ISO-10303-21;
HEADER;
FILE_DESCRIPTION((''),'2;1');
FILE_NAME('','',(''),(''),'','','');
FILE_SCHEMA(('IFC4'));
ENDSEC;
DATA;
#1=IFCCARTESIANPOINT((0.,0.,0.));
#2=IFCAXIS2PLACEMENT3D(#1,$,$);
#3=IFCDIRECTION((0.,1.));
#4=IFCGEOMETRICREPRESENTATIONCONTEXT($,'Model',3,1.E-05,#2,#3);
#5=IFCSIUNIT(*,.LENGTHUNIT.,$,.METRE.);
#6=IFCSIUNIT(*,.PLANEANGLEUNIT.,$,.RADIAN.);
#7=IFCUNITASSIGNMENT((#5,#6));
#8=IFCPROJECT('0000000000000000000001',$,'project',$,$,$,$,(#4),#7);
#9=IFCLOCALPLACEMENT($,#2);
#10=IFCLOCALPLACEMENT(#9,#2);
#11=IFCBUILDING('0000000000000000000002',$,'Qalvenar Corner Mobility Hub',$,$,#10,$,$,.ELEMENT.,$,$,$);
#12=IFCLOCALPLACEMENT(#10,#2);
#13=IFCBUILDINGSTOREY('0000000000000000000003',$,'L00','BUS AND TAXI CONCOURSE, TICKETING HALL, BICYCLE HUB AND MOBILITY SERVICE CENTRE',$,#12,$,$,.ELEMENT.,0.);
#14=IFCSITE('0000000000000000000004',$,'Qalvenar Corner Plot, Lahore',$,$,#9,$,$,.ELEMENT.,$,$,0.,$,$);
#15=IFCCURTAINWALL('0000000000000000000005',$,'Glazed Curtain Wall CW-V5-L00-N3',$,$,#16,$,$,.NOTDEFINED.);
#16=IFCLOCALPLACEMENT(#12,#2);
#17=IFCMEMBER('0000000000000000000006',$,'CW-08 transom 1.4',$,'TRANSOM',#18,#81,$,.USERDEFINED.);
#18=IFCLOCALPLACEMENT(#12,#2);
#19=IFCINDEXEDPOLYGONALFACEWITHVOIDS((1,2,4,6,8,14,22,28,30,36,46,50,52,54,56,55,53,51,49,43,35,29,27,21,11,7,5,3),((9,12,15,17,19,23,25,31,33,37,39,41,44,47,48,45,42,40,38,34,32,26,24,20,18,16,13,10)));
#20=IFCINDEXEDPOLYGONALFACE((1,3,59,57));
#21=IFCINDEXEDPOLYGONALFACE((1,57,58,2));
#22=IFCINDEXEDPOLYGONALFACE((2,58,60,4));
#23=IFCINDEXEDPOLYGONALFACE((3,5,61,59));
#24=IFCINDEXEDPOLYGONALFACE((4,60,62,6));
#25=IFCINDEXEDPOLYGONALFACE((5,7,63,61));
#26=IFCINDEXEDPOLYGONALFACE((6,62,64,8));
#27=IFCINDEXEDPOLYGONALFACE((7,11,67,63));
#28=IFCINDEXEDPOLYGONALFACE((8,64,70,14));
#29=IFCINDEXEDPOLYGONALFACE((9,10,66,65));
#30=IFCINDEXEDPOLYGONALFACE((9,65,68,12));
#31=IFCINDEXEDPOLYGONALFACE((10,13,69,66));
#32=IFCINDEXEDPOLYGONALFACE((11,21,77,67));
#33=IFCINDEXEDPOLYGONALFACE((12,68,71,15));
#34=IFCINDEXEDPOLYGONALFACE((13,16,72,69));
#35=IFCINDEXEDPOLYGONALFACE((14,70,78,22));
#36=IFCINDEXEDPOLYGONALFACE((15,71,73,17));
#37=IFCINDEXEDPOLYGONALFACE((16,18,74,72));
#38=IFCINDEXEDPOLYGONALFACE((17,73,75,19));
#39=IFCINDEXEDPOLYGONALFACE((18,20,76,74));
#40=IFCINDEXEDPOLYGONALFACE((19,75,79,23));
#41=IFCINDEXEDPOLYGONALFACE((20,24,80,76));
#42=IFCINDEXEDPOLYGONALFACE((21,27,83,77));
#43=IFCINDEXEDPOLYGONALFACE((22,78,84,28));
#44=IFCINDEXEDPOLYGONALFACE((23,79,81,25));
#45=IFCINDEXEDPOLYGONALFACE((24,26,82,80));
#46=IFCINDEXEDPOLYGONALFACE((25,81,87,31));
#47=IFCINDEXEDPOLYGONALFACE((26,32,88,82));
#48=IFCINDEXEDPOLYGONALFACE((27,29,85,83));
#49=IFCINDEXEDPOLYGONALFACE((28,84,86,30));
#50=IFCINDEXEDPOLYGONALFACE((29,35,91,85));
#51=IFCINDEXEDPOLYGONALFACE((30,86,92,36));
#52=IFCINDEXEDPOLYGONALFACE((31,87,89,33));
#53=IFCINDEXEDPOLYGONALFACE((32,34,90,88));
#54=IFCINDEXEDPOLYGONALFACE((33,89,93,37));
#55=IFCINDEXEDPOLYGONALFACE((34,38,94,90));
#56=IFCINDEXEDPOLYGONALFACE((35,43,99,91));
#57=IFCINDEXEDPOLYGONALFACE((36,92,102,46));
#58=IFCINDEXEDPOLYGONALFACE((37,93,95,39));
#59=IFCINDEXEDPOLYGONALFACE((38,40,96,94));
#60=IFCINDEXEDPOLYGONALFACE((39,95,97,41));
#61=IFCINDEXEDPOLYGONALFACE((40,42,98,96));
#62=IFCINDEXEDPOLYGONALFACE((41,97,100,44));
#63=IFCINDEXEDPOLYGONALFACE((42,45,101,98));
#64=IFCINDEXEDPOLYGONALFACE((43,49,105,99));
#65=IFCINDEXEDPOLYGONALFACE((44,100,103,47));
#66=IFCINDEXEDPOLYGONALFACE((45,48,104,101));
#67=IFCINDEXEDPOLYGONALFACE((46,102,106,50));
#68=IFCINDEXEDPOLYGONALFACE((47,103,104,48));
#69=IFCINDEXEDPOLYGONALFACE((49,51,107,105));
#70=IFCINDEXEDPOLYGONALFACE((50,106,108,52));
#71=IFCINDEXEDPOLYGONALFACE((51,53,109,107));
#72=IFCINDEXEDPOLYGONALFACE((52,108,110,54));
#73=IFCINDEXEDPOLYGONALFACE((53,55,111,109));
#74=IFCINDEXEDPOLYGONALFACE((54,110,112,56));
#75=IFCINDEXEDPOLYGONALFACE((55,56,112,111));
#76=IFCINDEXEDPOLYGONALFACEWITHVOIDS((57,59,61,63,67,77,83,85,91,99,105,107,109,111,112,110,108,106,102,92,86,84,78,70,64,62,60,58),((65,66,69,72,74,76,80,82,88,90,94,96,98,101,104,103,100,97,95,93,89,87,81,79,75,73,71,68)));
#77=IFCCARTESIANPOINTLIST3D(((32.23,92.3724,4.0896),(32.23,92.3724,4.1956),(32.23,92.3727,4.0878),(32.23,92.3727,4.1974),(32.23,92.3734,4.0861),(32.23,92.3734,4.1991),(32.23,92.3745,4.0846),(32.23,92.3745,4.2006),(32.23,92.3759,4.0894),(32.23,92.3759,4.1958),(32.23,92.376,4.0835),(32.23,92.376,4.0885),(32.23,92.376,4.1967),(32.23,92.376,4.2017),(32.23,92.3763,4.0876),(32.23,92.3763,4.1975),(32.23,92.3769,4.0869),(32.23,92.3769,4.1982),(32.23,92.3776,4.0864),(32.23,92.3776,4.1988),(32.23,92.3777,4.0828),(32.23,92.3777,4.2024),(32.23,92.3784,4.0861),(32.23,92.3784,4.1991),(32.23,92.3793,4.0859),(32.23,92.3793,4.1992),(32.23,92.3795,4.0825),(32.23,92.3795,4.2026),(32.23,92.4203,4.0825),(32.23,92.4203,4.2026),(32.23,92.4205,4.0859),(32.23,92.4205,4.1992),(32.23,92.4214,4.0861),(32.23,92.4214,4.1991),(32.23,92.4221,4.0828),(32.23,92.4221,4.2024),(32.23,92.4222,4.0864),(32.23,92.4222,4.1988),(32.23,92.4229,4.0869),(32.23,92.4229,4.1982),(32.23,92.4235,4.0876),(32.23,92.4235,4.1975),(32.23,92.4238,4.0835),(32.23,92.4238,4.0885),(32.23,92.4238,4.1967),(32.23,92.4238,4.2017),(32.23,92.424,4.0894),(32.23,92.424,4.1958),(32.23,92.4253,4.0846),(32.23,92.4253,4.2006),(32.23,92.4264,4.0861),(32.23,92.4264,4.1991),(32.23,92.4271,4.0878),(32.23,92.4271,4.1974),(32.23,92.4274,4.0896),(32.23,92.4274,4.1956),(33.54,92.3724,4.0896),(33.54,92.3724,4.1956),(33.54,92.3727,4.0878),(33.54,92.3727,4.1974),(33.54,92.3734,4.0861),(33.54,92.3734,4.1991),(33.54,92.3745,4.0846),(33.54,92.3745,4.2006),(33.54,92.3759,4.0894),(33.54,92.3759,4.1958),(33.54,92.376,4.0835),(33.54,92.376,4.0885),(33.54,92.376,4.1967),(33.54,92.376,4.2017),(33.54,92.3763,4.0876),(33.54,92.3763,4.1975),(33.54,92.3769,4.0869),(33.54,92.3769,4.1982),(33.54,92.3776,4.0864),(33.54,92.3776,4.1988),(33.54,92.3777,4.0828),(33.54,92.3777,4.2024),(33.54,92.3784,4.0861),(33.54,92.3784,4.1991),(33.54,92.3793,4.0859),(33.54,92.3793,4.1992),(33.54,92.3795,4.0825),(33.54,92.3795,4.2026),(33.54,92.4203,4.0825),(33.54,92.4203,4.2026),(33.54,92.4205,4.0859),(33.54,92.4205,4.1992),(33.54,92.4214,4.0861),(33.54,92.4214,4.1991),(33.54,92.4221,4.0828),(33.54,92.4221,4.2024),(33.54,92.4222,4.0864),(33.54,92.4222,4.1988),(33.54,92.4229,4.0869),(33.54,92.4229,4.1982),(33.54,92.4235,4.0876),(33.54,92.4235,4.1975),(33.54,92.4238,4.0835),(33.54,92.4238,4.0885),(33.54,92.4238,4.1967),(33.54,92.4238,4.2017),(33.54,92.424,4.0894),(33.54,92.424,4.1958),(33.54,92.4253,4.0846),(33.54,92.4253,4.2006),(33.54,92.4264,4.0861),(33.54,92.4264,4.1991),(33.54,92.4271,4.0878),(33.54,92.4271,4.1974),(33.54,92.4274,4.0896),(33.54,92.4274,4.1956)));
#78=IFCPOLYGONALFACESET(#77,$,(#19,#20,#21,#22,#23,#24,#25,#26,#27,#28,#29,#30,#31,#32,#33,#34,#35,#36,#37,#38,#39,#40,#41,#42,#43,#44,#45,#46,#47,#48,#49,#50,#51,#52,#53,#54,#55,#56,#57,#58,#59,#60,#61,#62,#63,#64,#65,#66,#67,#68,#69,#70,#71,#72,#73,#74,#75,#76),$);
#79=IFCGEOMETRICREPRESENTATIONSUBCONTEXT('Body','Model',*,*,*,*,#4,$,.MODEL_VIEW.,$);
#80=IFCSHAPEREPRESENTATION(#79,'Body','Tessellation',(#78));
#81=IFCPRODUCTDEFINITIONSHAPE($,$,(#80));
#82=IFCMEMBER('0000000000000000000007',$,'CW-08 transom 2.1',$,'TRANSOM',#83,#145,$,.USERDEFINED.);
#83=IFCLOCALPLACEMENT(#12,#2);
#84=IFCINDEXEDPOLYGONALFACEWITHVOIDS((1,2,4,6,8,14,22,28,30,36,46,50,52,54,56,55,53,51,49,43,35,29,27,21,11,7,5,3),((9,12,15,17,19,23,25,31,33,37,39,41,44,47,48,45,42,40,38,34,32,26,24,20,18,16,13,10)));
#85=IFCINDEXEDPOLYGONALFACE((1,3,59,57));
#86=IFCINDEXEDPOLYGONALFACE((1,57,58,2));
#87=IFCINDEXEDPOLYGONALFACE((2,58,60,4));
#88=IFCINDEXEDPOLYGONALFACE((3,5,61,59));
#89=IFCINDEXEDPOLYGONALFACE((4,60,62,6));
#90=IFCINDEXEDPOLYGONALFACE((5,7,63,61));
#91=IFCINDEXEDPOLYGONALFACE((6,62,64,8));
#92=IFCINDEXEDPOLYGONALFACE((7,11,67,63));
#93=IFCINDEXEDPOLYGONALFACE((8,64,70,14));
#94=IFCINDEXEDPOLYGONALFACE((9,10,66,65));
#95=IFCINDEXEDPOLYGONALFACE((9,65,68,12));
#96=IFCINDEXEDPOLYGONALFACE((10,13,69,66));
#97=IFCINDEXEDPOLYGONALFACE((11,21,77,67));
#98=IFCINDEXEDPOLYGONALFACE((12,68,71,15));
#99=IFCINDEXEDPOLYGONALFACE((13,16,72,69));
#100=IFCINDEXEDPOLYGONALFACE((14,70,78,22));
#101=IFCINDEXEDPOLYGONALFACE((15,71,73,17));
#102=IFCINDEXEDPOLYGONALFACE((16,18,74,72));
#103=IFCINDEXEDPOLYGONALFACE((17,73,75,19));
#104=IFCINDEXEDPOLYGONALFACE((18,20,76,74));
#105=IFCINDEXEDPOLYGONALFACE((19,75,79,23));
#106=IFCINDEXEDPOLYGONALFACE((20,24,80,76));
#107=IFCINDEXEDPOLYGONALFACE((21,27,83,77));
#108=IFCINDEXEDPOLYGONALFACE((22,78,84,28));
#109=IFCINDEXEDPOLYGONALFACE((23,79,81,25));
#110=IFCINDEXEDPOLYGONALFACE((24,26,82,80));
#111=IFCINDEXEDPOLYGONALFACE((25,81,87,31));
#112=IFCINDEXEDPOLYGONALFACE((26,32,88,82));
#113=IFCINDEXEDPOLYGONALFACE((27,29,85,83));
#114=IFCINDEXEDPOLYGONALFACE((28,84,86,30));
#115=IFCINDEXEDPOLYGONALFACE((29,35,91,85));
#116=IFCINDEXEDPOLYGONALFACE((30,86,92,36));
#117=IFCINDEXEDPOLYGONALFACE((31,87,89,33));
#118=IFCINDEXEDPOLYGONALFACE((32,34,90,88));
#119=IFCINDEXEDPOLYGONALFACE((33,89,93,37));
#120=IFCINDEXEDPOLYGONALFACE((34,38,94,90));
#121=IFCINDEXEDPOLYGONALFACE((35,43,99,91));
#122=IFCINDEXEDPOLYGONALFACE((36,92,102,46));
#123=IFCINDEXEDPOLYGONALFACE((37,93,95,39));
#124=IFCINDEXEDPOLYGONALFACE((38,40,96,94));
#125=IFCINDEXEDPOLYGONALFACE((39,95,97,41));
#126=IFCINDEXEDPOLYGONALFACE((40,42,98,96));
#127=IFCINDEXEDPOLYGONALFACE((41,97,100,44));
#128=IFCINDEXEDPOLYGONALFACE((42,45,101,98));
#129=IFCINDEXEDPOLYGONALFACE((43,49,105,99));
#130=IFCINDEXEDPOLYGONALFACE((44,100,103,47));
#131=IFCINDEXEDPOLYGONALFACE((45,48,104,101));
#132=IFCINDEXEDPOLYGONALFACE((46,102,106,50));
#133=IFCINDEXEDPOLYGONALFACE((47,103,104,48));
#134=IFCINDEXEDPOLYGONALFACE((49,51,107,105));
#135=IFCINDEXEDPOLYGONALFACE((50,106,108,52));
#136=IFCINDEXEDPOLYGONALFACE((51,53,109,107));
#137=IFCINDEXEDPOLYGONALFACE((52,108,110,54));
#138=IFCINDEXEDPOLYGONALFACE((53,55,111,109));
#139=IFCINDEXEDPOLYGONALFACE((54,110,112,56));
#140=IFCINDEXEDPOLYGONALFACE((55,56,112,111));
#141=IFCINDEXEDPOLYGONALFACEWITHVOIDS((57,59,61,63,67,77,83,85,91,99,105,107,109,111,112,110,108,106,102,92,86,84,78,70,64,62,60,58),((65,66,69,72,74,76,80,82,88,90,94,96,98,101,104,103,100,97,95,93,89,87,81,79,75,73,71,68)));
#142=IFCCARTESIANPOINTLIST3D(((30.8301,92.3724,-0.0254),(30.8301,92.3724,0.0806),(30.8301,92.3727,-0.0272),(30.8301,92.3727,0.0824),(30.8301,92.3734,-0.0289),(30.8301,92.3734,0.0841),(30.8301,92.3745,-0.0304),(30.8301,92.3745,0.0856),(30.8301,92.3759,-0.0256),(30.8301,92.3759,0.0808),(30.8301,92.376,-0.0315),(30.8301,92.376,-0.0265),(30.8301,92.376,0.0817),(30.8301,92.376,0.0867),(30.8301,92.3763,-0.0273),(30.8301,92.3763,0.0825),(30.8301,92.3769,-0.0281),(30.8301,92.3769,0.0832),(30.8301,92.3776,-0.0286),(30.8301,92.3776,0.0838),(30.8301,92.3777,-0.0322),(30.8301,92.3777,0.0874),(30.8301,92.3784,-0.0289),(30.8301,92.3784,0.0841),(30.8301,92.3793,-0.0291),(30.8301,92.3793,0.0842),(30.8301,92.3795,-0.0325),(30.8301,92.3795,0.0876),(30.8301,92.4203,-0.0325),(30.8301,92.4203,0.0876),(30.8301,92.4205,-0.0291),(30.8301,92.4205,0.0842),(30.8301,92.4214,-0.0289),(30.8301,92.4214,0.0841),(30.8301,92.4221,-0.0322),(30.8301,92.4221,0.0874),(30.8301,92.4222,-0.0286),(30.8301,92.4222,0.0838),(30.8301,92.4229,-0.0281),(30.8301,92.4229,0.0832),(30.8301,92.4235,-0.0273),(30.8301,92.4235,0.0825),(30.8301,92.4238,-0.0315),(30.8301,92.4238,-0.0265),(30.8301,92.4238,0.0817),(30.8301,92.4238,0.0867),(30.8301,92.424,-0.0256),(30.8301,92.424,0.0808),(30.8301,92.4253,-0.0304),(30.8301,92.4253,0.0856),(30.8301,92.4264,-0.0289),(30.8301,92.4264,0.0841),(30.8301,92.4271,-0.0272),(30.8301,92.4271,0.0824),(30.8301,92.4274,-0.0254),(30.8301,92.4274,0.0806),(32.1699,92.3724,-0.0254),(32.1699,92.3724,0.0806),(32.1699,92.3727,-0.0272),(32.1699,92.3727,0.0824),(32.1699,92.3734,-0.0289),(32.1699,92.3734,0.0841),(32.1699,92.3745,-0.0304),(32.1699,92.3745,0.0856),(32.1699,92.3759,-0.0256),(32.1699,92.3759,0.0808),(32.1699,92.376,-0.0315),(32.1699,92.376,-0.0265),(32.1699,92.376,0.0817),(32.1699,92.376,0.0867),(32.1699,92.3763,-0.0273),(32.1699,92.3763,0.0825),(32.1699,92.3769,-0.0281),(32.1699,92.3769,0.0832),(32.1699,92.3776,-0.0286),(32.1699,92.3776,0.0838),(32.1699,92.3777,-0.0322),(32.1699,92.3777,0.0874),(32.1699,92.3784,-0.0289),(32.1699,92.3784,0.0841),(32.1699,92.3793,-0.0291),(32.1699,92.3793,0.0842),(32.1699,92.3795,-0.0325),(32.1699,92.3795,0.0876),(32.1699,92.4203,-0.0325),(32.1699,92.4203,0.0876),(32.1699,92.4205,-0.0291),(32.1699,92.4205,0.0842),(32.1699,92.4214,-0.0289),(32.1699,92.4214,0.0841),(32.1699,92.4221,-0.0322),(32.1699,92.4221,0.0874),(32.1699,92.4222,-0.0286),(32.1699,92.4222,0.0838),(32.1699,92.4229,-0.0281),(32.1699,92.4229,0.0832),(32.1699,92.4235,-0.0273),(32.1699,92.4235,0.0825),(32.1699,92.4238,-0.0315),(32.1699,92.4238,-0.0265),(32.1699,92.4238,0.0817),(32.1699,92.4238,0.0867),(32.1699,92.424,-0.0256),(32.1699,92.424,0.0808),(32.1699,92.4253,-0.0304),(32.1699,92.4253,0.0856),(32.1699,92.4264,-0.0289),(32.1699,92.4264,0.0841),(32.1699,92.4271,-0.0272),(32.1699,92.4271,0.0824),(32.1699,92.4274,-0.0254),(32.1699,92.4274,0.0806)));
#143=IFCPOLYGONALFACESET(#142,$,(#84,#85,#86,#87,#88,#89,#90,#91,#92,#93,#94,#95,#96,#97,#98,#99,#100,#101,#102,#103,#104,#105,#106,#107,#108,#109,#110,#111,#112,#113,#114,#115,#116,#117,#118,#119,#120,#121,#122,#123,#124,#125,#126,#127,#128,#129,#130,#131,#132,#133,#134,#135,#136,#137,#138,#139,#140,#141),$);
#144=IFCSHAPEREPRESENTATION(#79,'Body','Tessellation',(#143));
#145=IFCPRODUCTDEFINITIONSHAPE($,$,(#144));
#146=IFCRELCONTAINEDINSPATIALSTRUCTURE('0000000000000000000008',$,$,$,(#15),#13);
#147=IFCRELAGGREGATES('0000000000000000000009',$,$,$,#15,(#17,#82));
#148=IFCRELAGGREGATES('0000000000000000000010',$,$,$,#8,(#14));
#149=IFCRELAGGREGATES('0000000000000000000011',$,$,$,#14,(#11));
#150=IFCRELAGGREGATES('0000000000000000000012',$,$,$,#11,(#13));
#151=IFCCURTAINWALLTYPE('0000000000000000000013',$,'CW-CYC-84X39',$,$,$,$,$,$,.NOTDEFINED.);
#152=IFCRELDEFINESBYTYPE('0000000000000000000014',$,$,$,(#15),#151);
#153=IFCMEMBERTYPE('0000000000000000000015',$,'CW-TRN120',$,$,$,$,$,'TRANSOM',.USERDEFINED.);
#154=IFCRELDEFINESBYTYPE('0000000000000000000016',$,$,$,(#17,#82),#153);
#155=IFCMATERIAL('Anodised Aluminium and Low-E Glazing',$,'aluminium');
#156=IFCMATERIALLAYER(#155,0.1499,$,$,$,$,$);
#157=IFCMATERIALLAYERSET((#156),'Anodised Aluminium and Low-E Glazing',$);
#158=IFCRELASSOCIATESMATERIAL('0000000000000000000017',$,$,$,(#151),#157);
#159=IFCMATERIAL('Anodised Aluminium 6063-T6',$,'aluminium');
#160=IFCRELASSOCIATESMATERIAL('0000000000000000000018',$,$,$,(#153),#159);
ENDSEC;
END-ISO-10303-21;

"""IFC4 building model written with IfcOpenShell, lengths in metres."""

from ifc_helpers import new_model, si_unit, direction, frame, origin, origin_2d, place, context, subcontext, project, spatial, hollow_rectangle, extrude, material, layer, layer_set, material_profile, profile_set, type_object, element, aggregate, save


model = new_model("IFC4")

# Units and contexts
model_context = context("Model", 3, precision=1e-05, world=origin(), true_north=direction((0.0, 1.0)))
body_context = subcontext(model_context, "Body", "Model", "MODEL_VIEW")
ifc_project = project(units=[si_unit("LENGTHUNIT", "METRE"), si_unit("PLANEANGLEUNIT", "RADIAN")], contexts=[model_context])

# Site, building, storey
site_placement = place(None, origin())
site = spatial("IfcSite", under=ifc_project, at=site_placement, Name="Qalvenar Corner Plot, Lahore", CompositionType="ELEMENT", RefElevation=0.0)
building_placement = place(site_placement, origin())
building = spatial("IfcBuilding", under=site, at=building_placement, Name="Qalvenar Corner Mobility Hub", CompositionType="ELEMENT")
storey_placement = place(building_placement, origin())
storey = spatial("IfcBuildingStorey", under=building, at=storey_placement, Name="L00", Description="BUS AND TAXI CONCOURSE, TICKETING HALL, BICYCLE HUB AND MOBILITY SERVICE CENTRE", CompositionType="ELEMENT", Elevation=0.0)

# Curtain wall
ifc_material_1 = material(Name="Anodised Aluminium and Low-E Glazing", Category="aluminium")
ifc_layer_1 = layer(ifc_material_1, 0.1499)
ifc_layer_set_1 = layer_set([ifc_layer_1], Name="Anodised Aluminium and Low-E Glazing")
curtain_wall_type = type_object("IfcCurtainWallType", Name="CW-CYC-84X39", PredefinedType="NOTDEFINED", material=ifc_layer_set_1)
ifc_material_2 = material(Name="Anodised Aluminium 6063-T6", Category="aluminium")
curtain_wall_1_placement = place(storey_placement, origin())
curtain_wall_1 = element("IfcCurtainWall", 1, at=curtain_wall_1_placement, inside=storey, type_object=curtain_wall_type, Name="Glazed Curtain Wall CW-V5-L00-N3", PredefinedType="NOTDEFINED")

# Members
ifc_material_profile_1 = material_profile(ifc_material_2, hollow_rectangle(XDim=0.0549, YDim=0.1201, WallThickness=0.0034, InnerFilletRadius=0.0034, OuterFilletRadius=0.0071, at=origin_2d()), Name="RHS120x55x3.5")
ifc_profile_set_1 = profile_set([ifc_material_profile_1], Name="Anodised Aluminium 6063-T6")
member_type_1 = type_object("IfcMemberType", Name="CW-TRN120", ElementType="TRANSOM", PredefinedType="USERDEFINED", material=ifc_profile_set_1)
member_1_placement = place(storey_placement, frame((33.54, 92.3999, 4.1426), z_axis=(-1.0, 0.0, 0.0), x_axis=(0.0, -1.0, 0.0)))
member_1 = element("IfcMember", 2, at=member_1_placement, type_object=member_type_1, Name="CW-08 transom 1.4", ObjectType="TRANSOM", PredefinedType="USERDEFINED", context=body_context, shape_type="SweptSolid", body=[
    extrude(hollow_rectangle(XDim=0.0549, YDim=0.1201, WallThickness=0.0034, InnerFilletRadius=0.0034, OuterFilletRadius=0.0071, at=origin_2d()), origin(), (0.0, 0.0, 1.0), 1.3101),
])
member_2_placement = place(storey_placement, frame((32.1699, 92.3999, 0.0276), z_axis=(-1.0, 0.0, 0.0), x_axis=(0.0, -1.0, 0.0)))
member_2 = element("IfcMember", 3, at=member_2_placement, type_object=member_type_1, Name="CW-08 transom 2.1", ObjectType="TRANSOM", PredefinedType="USERDEFINED", context=body_context, shape_type="SweptSolid", body=[
    extrude(hollow_rectangle(XDim=0.0549, YDim=0.1201, WallThickness=0.0034, InnerFilletRadius=0.0034, OuterFilletRadius=0.0071, at=origin_2d()), origin(), (0.0, 0.0, 1.0), 1.3398),
])

aggregate(curtain_wall_1, [member_1, member_2])

save(model, "model.ifc")
